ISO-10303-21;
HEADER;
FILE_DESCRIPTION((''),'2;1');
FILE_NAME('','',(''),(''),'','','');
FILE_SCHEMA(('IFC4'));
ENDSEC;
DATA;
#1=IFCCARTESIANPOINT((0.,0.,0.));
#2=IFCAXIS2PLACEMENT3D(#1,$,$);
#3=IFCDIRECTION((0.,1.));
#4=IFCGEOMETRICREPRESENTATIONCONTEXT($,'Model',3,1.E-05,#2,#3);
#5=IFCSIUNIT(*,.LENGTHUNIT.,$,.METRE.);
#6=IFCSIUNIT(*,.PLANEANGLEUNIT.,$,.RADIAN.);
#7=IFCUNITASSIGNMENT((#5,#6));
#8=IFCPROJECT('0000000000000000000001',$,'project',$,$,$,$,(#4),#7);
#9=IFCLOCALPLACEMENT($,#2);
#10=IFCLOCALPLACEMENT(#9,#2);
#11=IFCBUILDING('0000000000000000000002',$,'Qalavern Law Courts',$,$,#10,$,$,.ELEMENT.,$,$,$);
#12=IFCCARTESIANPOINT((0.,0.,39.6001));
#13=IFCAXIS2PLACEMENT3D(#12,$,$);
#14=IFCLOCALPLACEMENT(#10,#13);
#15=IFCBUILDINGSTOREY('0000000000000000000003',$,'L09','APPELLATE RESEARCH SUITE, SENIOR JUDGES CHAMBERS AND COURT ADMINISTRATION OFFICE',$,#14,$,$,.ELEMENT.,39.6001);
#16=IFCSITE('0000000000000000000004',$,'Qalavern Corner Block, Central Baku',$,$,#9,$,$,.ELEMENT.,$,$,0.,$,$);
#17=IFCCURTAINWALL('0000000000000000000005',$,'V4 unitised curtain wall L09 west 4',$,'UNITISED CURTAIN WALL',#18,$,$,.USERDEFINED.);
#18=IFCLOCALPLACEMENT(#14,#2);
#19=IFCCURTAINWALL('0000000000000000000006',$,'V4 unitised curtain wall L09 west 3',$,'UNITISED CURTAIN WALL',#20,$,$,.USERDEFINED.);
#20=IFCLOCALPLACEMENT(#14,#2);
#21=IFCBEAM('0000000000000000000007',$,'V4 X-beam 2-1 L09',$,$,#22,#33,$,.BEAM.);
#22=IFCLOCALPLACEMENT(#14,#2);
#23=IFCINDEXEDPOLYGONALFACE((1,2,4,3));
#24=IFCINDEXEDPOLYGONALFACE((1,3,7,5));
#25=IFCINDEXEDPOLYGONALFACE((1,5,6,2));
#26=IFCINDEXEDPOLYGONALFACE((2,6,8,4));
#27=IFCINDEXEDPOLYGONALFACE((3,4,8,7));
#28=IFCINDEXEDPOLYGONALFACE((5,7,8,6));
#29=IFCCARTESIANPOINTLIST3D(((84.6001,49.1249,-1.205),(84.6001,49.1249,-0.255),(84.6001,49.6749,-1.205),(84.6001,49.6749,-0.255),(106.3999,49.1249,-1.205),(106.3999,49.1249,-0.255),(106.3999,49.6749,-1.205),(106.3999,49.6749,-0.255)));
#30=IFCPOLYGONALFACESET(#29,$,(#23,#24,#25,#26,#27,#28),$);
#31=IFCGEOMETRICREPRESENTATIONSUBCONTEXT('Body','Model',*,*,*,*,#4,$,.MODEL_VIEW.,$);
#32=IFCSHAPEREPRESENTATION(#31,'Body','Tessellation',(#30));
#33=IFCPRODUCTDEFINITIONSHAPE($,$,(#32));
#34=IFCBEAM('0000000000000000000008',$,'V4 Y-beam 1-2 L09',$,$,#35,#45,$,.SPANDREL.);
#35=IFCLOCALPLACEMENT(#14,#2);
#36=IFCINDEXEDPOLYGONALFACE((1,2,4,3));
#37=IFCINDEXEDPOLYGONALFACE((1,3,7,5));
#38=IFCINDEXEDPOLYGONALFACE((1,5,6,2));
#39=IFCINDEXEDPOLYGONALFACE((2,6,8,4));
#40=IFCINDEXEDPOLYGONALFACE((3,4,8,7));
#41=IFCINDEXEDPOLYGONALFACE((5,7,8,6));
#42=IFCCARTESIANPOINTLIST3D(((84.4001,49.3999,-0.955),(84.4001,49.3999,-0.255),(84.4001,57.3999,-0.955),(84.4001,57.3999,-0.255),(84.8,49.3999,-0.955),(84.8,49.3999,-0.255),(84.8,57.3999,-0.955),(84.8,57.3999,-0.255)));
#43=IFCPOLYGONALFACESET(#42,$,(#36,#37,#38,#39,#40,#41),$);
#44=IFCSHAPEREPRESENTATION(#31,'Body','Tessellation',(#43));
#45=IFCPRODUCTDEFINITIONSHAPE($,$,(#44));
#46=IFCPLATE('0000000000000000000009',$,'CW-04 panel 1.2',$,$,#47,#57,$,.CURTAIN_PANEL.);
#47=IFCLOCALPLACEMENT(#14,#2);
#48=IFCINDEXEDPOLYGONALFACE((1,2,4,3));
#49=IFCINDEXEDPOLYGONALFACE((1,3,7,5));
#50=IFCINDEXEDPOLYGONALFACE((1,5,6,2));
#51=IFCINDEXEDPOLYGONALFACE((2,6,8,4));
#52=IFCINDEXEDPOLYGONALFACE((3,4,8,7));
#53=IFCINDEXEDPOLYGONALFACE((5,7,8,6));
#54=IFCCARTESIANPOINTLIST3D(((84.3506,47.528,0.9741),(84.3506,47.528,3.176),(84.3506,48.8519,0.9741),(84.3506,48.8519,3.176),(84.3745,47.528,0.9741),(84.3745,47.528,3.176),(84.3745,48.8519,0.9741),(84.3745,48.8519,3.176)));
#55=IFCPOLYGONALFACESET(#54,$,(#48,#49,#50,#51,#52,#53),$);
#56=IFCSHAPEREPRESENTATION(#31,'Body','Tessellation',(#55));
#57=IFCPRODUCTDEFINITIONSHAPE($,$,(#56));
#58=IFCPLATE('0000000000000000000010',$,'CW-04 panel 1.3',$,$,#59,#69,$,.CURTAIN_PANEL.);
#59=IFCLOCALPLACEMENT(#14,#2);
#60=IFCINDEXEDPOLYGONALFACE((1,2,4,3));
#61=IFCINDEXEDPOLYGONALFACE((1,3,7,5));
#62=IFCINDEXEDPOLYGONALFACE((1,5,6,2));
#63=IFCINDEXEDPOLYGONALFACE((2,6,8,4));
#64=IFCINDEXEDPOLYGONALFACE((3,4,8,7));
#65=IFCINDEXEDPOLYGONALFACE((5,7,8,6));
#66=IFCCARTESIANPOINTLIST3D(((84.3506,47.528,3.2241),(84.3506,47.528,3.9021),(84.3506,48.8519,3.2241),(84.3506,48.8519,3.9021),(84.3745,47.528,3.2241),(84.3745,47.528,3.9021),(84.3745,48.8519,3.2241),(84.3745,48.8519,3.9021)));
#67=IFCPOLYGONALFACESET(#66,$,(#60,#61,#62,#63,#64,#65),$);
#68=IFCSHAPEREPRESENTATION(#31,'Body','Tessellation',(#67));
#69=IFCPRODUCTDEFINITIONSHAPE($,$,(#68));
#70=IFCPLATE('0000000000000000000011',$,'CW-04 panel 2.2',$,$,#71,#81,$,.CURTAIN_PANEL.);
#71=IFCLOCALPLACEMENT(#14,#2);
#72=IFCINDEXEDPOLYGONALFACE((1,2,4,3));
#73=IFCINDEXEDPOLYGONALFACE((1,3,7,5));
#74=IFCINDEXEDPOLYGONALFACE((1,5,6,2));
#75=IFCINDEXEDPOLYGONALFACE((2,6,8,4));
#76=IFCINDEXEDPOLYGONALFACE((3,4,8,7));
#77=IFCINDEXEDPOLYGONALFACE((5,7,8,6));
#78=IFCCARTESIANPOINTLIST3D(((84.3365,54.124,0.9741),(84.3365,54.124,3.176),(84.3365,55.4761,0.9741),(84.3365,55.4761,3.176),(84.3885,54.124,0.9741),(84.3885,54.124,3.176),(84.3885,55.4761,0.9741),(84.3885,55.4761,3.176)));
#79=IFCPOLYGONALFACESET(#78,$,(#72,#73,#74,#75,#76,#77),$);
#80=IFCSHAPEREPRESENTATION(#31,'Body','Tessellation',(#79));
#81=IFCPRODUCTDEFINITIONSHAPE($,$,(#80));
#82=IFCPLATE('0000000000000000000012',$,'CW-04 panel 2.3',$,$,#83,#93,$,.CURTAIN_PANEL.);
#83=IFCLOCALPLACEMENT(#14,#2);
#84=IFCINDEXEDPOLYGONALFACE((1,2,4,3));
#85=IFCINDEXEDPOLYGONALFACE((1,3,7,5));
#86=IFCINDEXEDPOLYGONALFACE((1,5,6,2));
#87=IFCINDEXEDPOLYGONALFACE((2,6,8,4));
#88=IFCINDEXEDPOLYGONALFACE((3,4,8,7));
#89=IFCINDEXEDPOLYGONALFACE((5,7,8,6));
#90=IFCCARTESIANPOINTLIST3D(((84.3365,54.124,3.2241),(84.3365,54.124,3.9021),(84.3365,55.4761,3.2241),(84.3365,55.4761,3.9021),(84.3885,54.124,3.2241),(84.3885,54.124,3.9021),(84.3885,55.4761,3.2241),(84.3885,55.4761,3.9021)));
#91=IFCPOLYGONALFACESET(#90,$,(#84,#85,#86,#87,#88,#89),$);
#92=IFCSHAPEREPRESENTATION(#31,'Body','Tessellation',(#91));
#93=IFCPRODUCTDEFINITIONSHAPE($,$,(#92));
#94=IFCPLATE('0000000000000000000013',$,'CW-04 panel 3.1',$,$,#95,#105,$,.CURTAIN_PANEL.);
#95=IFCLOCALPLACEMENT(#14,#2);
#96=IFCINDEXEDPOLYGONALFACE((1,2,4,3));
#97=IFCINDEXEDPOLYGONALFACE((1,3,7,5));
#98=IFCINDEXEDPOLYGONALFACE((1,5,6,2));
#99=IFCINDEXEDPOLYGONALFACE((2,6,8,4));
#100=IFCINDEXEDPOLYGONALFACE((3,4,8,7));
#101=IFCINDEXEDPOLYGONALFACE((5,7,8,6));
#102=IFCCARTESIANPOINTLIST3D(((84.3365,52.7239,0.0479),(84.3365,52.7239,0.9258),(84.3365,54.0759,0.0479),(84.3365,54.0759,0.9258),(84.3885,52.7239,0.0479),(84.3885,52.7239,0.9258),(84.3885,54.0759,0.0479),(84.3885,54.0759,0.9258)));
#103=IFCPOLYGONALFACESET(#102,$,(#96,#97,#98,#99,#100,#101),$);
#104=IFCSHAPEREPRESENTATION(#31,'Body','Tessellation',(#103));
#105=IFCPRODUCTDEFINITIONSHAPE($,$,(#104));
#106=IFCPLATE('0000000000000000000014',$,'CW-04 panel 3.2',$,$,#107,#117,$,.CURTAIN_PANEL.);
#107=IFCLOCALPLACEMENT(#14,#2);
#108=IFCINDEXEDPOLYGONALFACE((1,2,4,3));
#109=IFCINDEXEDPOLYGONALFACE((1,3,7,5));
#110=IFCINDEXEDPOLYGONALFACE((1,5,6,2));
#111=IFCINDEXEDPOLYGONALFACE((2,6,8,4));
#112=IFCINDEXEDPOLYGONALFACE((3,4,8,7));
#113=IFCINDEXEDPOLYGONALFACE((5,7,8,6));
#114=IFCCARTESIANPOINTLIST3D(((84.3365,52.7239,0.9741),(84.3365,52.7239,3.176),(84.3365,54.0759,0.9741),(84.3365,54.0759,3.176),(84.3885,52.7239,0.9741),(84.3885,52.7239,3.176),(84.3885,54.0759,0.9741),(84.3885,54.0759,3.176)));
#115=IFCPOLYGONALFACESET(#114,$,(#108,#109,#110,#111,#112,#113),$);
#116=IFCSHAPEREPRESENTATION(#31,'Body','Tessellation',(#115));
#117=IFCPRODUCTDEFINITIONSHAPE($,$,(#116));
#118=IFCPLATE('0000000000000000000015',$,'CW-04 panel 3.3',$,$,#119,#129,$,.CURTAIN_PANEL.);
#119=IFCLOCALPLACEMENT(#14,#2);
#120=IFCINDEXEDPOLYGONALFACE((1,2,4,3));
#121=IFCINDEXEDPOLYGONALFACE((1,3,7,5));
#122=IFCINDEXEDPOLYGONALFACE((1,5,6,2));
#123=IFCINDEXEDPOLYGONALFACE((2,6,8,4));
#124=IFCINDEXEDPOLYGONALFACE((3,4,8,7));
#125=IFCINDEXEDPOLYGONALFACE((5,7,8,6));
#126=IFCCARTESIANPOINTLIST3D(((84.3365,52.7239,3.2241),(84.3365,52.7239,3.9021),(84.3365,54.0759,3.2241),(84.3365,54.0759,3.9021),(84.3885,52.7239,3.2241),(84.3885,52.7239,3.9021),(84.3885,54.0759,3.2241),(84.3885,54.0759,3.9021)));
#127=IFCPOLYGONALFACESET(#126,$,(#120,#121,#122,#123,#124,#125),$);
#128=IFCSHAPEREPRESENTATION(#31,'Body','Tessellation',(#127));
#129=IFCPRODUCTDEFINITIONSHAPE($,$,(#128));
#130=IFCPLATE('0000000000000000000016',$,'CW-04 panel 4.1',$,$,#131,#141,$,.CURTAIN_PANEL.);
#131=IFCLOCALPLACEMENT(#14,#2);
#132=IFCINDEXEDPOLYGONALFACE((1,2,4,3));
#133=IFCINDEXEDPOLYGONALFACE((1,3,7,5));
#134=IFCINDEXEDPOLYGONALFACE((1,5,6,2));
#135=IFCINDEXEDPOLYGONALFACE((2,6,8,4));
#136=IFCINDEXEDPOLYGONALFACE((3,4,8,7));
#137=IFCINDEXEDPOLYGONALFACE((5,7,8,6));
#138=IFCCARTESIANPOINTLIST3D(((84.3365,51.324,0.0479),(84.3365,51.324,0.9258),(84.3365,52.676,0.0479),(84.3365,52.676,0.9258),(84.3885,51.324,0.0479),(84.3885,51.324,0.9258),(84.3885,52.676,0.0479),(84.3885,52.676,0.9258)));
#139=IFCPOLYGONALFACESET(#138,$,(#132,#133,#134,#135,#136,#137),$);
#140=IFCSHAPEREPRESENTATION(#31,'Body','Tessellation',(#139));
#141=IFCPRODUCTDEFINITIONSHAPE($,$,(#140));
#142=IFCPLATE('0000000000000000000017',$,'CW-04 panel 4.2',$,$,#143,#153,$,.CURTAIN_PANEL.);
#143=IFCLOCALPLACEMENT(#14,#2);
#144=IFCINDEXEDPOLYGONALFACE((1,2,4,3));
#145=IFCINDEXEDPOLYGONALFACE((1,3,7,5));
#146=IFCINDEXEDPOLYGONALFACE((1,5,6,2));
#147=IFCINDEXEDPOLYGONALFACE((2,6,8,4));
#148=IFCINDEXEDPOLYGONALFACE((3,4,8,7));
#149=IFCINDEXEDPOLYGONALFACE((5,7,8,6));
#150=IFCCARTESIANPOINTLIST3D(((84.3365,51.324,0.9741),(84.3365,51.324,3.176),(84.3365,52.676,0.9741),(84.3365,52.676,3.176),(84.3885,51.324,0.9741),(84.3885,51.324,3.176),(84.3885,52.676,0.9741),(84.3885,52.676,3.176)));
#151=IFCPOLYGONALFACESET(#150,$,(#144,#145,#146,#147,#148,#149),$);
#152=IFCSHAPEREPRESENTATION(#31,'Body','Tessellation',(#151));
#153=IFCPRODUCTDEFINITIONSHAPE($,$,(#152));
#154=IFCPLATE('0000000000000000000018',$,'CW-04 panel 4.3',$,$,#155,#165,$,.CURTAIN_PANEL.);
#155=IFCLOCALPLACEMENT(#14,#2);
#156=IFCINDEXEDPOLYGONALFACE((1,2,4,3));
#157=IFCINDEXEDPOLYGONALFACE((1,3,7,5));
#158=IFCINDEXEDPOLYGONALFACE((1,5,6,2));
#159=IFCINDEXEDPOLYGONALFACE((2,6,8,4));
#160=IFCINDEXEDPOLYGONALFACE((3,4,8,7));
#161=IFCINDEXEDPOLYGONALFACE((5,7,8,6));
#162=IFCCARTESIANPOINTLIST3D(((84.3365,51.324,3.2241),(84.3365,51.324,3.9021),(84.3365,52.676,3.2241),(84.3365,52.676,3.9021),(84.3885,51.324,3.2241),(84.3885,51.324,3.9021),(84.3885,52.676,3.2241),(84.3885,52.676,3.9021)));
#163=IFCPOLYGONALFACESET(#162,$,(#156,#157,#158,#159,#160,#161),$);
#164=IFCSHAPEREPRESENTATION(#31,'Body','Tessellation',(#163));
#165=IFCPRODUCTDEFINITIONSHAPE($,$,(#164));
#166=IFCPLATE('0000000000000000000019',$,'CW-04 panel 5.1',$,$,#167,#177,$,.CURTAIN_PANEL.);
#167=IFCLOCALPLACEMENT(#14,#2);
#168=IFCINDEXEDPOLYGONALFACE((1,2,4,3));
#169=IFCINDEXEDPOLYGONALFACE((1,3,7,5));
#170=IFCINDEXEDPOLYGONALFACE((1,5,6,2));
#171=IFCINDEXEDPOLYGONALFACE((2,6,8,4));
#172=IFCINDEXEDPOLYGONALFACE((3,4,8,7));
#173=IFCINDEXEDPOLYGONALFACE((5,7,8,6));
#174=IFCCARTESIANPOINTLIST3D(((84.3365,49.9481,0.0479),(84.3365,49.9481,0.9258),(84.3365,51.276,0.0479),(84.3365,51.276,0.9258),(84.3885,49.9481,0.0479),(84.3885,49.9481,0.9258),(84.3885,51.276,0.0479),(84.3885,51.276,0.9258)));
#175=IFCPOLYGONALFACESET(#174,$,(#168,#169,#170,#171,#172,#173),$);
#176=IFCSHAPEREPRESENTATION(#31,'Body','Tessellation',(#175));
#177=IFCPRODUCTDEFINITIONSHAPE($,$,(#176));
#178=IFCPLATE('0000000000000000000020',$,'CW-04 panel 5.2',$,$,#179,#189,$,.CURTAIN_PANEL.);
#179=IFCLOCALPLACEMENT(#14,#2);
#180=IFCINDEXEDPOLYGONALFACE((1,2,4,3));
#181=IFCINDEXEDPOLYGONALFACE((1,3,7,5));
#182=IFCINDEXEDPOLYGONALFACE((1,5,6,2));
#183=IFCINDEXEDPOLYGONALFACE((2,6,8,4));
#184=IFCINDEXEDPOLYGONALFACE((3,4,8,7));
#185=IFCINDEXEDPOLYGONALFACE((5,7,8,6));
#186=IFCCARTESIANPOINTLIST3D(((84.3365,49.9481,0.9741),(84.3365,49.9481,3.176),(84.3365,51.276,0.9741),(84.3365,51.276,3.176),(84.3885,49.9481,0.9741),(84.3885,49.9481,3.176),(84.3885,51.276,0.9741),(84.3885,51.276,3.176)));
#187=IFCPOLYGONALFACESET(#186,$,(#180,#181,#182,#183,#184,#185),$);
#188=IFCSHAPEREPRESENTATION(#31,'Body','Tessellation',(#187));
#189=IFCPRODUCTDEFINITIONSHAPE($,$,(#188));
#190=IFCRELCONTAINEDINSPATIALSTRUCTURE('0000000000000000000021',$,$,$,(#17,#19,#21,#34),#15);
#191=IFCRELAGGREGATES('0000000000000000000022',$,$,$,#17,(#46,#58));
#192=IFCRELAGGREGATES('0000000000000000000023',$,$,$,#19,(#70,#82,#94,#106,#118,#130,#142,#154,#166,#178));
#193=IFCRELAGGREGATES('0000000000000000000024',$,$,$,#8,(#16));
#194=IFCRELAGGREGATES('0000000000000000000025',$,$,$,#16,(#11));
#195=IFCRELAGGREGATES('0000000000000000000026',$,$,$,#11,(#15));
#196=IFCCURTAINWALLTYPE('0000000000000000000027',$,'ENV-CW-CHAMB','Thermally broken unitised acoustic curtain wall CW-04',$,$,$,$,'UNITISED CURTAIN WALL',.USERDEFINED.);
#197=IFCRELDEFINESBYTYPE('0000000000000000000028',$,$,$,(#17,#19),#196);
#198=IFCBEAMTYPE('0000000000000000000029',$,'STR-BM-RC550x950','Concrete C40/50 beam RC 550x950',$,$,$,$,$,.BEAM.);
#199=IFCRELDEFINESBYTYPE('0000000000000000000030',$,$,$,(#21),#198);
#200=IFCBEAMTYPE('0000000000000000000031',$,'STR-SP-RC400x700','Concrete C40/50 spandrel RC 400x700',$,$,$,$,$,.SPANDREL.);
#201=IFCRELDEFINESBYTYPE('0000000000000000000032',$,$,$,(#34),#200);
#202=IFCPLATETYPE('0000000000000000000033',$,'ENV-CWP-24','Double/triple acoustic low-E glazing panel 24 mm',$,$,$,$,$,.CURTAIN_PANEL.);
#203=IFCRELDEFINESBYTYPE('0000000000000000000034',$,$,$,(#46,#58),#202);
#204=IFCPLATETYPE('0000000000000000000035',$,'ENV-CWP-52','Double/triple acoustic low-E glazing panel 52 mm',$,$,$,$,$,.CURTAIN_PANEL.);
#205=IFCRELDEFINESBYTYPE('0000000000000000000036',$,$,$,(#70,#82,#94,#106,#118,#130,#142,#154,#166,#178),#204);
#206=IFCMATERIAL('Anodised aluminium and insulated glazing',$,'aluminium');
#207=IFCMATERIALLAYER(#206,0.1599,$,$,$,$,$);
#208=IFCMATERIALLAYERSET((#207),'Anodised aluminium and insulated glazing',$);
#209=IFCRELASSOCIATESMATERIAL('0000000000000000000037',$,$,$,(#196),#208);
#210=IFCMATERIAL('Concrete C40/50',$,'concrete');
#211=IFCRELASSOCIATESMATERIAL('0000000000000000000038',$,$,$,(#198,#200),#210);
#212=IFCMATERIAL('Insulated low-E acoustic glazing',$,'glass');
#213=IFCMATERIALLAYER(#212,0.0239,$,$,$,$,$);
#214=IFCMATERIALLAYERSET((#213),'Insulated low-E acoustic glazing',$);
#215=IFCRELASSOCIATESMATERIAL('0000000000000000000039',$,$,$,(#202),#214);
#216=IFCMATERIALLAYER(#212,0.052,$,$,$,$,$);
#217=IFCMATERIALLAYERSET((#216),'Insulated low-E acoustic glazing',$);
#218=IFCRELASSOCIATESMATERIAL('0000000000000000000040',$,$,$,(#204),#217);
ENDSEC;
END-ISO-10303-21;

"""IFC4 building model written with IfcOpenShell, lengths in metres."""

from ifc_helpers import new_model, si_unit, direction, frame, origin, origin_2d, place, context, subcontext, project, spatial, rectangle, extrude, material, layer, layer_set, material_profile, profile_set, type_object, element, aggregate, save


model = new_model("IFC4")

# Units and contexts
model_context = context("Model", 3, precision=1e-05, world=origin(), true_north=direction((0.0, 1.0)))
body_context = subcontext(model_context, "Body", "Model", "MODEL_VIEW")
ifc_project = project(units=[si_unit("LENGTHUNIT", "METRE"), si_unit("PLANEANGLEUNIT", "RADIAN")], contexts=[model_context])

# Site, building, storey
site_placement = place(None, origin())
site = spatial("IfcSite", under=ifc_project, at=site_placement, Name="Qalavern Corner Block, Central Baku", CompositionType="ELEMENT", RefElevation=0.0)
building_placement = place(site_placement, origin())
building = spatial("IfcBuilding", under=site, at=building_placement, Name="Qalavern Law Courts", CompositionType="ELEMENT")
storey_placement = place(building_placement, frame((0.0, 0.0, 39.6001)))
storey = spatial("IfcBuildingStorey", under=building, at=storey_placement, Name="L09", Description="APPELLATE RESEARCH SUITE, SENIOR JUDGES CHAMBERS AND COURT ADMINISTRATION OFFICE", CompositionType="ELEMENT", Elevation=39.6001)

# Curtain wall
ifc_material_1 = material(Name="Anodised aluminium and insulated glazing", Category="aluminium")
ifc_layer_1 = layer(ifc_material_1, 0.1599)
ifc_layer_set_1 = layer_set([ifc_layer_1], Name="Anodised aluminium and insulated glazing")
curtain_wall_type = type_object("IfcCurtainWallType", Name="ENV-CW-CHAMB", Description="Thermally broken unitised acoustic curtain wall CW-04", ElementType="UNITISED CURTAIN WALL", PredefinedType="USERDEFINED", material=ifc_layer_set_1)
curtain_wall_1_placement = place(storey_placement, origin())
curtain_wall_1 = element("IfcCurtainWall", 1, at=curtain_wall_1_placement, inside=storey, type_object=curtain_wall_type, Name="V4 unitised curtain wall L09 west 4", ObjectType="UNITISED CURTAIN WALL", PredefinedType="USERDEFINED")

# Curtain wall
curtain_wall_2_placement = place(storey_placement, origin())
curtain_wall_2 = element("IfcCurtainWall", 2, at=curtain_wall_2_placement, inside=storey, type_object=curtain_wall_type, Name="V4 unitised curtain wall L09 west 3", ObjectType="UNITISED CURTAIN WALL", PredefinedType="USERDEFINED")

# Beams
ifc_material_2 = material(Name="Concrete C40/50", Category="concrete")
ifc_material_profile_1 = material_profile(ifc_material_2, rectangle(XDim=0.55, YDim=0.95, at=origin_2d()), Name="RC 550x950")
ifc_profile_set_1 = profile_set([ifc_material_profile_1], Name="Concrete C40/50")
beam_type_1 = type_object("IfcBeamType", Name="STR-BM-RC550x950", Description="Concrete C40/50 beam RC 550x950", PredefinedType="BEAM", material=ifc_profile_set_1)
beam_1_placement = place(storey_placement, frame((84.6001, 49.3999, -0.73), z_axis=(1.0, 0.0, 0.0), x_axis=(0.0, 1.0, 0.0)))
element("IfcBeam", 3, at=beam_1_placement, inside=storey, type_object=beam_type_1, Name="V4 X-beam 2-1 L09", PredefinedType="BEAM", context=body_context, shape_type="SweptSolid", body=[
    extrude(rectangle(XDim=0.55, YDim=0.95, at=origin_2d()), origin(), (0.0, 0.0, 1.0), 21.7998),
])
ifc_material_profile_2 = material_profile(ifc_material_2, rectangle(XDim=0.3999, YDim=0.7, at=origin_2d()), Name="RC 400x700")
ifc_profile_set_2 = profile_set([ifc_material_profile_2], Name="Concrete C40/50")
beam_type_2 = type_object("IfcBeamType", Name="STR-SP-RC400x700", Description="Concrete C40/50 spandrel RC 400x700", PredefinedType="SPANDREL", material=ifc_profile_set_2)
beam_2_placement = place(storey_placement, frame((84.6001, 49.3999, -0.605), z_axis=(0.0, 1.0, 0.0), x_axis=(-1.0, 0.0, 0.0)))
element("IfcBeam", 4, at=beam_2_placement, inside=storey, type_object=beam_type_2, Name="V4 Y-beam 1-2 L09", PredefinedType="SPANDREL", context=body_context, shape_type="SweptSolid", body=[
    extrude(rectangle(XDim=0.3999, YDim=0.7, at=origin_2d()), origin(), (0.0, 0.0, 1.0), 8.0),
])

# Plates
ifc_material_3 = material(Name="Insulated low-E acoustic glazing", Category="glass")
ifc_layer_2 = layer(ifc_material_3, 0.0239)
ifc_layer_set_2 = layer_set([ifc_layer_2], Name="Insulated low-E acoustic glazing")
plate_type_1 = type_object("IfcPlateType", Name="ENV-CWP-24", Description="Double/triple acoustic low-E glazing panel 24 mm", PredefinedType="CURTAIN_PANEL", material=ifc_layer_set_2)
plate_1_placement = place(storey_placement, frame((84.3625, 48.1899, 0.9741), z_axis=(0.0, 0.0, 1.0), x_axis=(0.0, -1.0, 0.0)))
plate_1 = element("IfcPlate", 5, at=plate_1_placement, type_object=plate_type_1, Name="CW-04 panel 1.2", PredefinedType="CURTAIN_PANEL", context=body_context, shape_type="SweptSolid", body=[
    extrude(rectangle(XDim=1.324, YDim=0.0239, at=origin_2d()), origin(), (0.0, 0.0, 1.0), 2.2019),
])
plate_2_placement = place(storey_placement, frame((84.3625, 48.1899, 3.2241), z_axis=(0.0, 0.0, 1.0), x_axis=(0.0, -1.0, 0.0)))
plate_2 = element("IfcPlate", 6, at=plate_2_placement, type_object=plate_type_1, Name="CW-04 panel 1.3", PredefinedType="CURTAIN_PANEL", context=body_context, shape_type="SweptSolid", body=[
    extrude(rectangle(XDim=1.324, YDim=0.0239, at=origin_2d()), origin(), (0.0, 0.0, 1.0), 0.678),
])
aggregate(curtain_wall_1, [plate_1, plate_2])
ifc_layer_3 = layer(ifc_material_3, 0.052)
ifc_layer_set_3 = layer_set([ifc_layer_3], Name="Insulated low-E acoustic glazing")
plate_type_2 = type_object("IfcPlateType", Name="ENV-CWP-52", Description="Double/triple acoustic low-E glazing panel 52 mm", PredefinedType="CURTAIN_PANEL", material=ifc_layer_set_3)
plate_3_placement = place(storey_placement, frame((84.3625, 54.8, 0.9741), z_axis=(0.0, 0.0, 1.0), x_axis=(0.0, -1.0, 0.0)))
plate_3 = element("IfcPlate", 7, at=plate_3_placement, type_object=plate_type_2, Name="CW-04 panel 2.2", PredefinedType="CURTAIN_PANEL", context=body_context, shape_type="SweptSolid", body=[
    extrude(rectangle(XDim=1.3521, YDim=0.052, at=origin_2d()), origin(), (0.0, 0.0, 1.0), 2.2019),
])
plate_4_placement = place(storey_placement, frame((84.3625, 54.8, 3.2241), z_axis=(0.0, 0.0, 1.0), x_axis=(0.0, -1.0, 0.0)))
plate_4 = element("IfcPlate", 8, at=plate_4_placement, type_object=plate_type_2, Name="CW-04 panel 2.3", PredefinedType="CURTAIN_PANEL", context=body_context, shape_type="SweptSolid", body=[
    extrude(rectangle(XDim=1.3521, YDim=0.052, at=origin_2d()), origin(), (0.0, 0.0, 1.0), 0.678),
])
plate_5_placement = place(storey_placement, frame((84.3625, 53.3999, 0.0479), z_axis=(0.0, 0.0, 1.0), x_axis=(0.0, -1.0, 0.0)))
plate_5 = element("IfcPlate", 9, at=plate_5_placement, type_object=plate_type_2, Name="CW-04 panel 3.1", PredefinedType="CURTAIN_PANEL", context=body_context, shape_type="SweptSolid", body=[
    extrude(rectangle(XDim=1.3521, YDim=0.052, at=origin_2d()), origin(), (0.0, 0.0, 1.0), 0.8779),
])
plate_6_placement = place(storey_placement, frame((84.3625, 53.3999, 0.9741), z_axis=(0.0, 0.0, 1.0), x_axis=(0.0, -1.0, 0.0)))
plate_6 = element("IfcPlate", 10, at=plate_6_placement, type_object=plate_type_2, Name="CW-04 panel 3.2", PredefinedType="CURTAIN_PANEL", context=body_context, shape_type="SweptSolid", body=[
    extrude(rectangle(XDim=1.3521, YDim=0.052, at=origin_2d()), origin(), (0.0, 0.0, 1.0), 2.2019),
])
plate_7_placement = place(storey_placement, frame((84.3625, 53.3999, 3.2241), z_axis=(0.0, 0.0, 1.0), x_axis=(0.0, -1.0, 0.0)))
plate_7 = element("IfcPlate", 11, at=plate_7_placement, type_object=plate_type_2, Name="CW-04 panel 3.3", PredefinedType="CURTAIN_PANEL", context=body_context, shape_type="SweptSolid", body=[
    extrude(rectangle(XDim=1.3521, YDim=0.052, at=origin_2d()), origin(), (0.0, 0.0, 1.0), 0.678),
])
plate_8_placement = place(storey_placement, frame((84.3625, 52.0, 0.0479), z_axis=(0.0, 0.0, 1.0), x_axis=(0.0, -1.0, 0.0)))
plate_8 = element("IfcPlate", 12, at=plate_8_placement, type_object=plate_type_2, Name="CW-04 panel 4.1", PredefinedType="CURTAIN_PANEL", context=body_context, shape_type="SweptSolid", body=[
    extrude(rectangle(XDim=1.3521, YDim=0.052, at=origin_2d()), origin(), (0.0, 0.0, 1.0), 0.8779),
])
plate_9_placement = place(storey_placement, frame((84.3625, 52.0, 0.9741), z_axis=(0.0, 0.0, 1.0), x_axis=(0.0, -1.0, 0.0)))
plate_9 = element("IfcPlate", 13, at=plate_9_placement, type_object=plate_type_2, Name="CW-04 panel 4.2", PredefinedType="CURTAIN_PANEL", context=body_context, shape_type="SweptSolid", body=[
    extrude(rectangle(XDim=1.3521, YDim=0.052, at=origin_2d()), origin(), (0.0, 0.0, 1.0), 2.2019),
])
plate_10_placement = place(storey_placement, frame((84.3625, 52.0, 3.2241), z_axis=(0.0, 0.0, 1.0), x_axis=(0.0, -1.0, 0.0)))
plate_10 = element("IfcPlate", 14, at=plate_10_placement, type_object=plate_type_2, Name="CW-04 panel 4.3", PredefinedType="CURTAIN_PANEL", context=body_context, shape_type="SweptSolid", body=[
    extrude(rectangle(XDim=1.3521, YDim=0.052, at=origin_2d()), origin(), (0.0, 0.0, 1.0), 0.678),
])
plate_11_placement = place(storey_placement, frame((84.3625, 50.6121, 0.0479), z_axis=(0.0, 0.0, 1.0), x_axis=(0.0, -1.0, 0.0)))
plate_11 = element("IfcPlate", 15, at=plate_11_placement, type_object=plate_type_2, Name="CW-04 panel 5.1", PredefinedType="CURTAIN_PANEL", context=body_context, shape_type="SweptSolid", body=[
    extrude(rectangle(XDim=1.3279, YDim=0.052, at=origin_2d()), origin(), (0.0, 0.0, 1.0), 0.8779),
])
plate_12_placement = place(storey_placement, frame((84.3625, 50.6121, 0.9741), z_axis=(0.0, 0.0, 1.0), x_axis=(0.0, -1.0, 0.0)))
plate_12 = element("IfcPlate", 16, at=plate_12_placement, type_object=plate_type_2, Name="CW-04 panel 5.2", PredefinedType="CURTAIN_PANEL", context=body_context, shape_type="SweptSolid", body=[
    extrude(rectangle(XDim=1.3279, YDim=0.052, at=origin_2d()), origin(), (0.0, 0.0, 1.0), 2.2019),
])
aggregate(curtain_wall_2, [plate_3, plate_4, plate_5, plate_6, plate_7, plate_8, plate_9, plate_10, plate_11, plate_12])

save(model, "model.ifc")
